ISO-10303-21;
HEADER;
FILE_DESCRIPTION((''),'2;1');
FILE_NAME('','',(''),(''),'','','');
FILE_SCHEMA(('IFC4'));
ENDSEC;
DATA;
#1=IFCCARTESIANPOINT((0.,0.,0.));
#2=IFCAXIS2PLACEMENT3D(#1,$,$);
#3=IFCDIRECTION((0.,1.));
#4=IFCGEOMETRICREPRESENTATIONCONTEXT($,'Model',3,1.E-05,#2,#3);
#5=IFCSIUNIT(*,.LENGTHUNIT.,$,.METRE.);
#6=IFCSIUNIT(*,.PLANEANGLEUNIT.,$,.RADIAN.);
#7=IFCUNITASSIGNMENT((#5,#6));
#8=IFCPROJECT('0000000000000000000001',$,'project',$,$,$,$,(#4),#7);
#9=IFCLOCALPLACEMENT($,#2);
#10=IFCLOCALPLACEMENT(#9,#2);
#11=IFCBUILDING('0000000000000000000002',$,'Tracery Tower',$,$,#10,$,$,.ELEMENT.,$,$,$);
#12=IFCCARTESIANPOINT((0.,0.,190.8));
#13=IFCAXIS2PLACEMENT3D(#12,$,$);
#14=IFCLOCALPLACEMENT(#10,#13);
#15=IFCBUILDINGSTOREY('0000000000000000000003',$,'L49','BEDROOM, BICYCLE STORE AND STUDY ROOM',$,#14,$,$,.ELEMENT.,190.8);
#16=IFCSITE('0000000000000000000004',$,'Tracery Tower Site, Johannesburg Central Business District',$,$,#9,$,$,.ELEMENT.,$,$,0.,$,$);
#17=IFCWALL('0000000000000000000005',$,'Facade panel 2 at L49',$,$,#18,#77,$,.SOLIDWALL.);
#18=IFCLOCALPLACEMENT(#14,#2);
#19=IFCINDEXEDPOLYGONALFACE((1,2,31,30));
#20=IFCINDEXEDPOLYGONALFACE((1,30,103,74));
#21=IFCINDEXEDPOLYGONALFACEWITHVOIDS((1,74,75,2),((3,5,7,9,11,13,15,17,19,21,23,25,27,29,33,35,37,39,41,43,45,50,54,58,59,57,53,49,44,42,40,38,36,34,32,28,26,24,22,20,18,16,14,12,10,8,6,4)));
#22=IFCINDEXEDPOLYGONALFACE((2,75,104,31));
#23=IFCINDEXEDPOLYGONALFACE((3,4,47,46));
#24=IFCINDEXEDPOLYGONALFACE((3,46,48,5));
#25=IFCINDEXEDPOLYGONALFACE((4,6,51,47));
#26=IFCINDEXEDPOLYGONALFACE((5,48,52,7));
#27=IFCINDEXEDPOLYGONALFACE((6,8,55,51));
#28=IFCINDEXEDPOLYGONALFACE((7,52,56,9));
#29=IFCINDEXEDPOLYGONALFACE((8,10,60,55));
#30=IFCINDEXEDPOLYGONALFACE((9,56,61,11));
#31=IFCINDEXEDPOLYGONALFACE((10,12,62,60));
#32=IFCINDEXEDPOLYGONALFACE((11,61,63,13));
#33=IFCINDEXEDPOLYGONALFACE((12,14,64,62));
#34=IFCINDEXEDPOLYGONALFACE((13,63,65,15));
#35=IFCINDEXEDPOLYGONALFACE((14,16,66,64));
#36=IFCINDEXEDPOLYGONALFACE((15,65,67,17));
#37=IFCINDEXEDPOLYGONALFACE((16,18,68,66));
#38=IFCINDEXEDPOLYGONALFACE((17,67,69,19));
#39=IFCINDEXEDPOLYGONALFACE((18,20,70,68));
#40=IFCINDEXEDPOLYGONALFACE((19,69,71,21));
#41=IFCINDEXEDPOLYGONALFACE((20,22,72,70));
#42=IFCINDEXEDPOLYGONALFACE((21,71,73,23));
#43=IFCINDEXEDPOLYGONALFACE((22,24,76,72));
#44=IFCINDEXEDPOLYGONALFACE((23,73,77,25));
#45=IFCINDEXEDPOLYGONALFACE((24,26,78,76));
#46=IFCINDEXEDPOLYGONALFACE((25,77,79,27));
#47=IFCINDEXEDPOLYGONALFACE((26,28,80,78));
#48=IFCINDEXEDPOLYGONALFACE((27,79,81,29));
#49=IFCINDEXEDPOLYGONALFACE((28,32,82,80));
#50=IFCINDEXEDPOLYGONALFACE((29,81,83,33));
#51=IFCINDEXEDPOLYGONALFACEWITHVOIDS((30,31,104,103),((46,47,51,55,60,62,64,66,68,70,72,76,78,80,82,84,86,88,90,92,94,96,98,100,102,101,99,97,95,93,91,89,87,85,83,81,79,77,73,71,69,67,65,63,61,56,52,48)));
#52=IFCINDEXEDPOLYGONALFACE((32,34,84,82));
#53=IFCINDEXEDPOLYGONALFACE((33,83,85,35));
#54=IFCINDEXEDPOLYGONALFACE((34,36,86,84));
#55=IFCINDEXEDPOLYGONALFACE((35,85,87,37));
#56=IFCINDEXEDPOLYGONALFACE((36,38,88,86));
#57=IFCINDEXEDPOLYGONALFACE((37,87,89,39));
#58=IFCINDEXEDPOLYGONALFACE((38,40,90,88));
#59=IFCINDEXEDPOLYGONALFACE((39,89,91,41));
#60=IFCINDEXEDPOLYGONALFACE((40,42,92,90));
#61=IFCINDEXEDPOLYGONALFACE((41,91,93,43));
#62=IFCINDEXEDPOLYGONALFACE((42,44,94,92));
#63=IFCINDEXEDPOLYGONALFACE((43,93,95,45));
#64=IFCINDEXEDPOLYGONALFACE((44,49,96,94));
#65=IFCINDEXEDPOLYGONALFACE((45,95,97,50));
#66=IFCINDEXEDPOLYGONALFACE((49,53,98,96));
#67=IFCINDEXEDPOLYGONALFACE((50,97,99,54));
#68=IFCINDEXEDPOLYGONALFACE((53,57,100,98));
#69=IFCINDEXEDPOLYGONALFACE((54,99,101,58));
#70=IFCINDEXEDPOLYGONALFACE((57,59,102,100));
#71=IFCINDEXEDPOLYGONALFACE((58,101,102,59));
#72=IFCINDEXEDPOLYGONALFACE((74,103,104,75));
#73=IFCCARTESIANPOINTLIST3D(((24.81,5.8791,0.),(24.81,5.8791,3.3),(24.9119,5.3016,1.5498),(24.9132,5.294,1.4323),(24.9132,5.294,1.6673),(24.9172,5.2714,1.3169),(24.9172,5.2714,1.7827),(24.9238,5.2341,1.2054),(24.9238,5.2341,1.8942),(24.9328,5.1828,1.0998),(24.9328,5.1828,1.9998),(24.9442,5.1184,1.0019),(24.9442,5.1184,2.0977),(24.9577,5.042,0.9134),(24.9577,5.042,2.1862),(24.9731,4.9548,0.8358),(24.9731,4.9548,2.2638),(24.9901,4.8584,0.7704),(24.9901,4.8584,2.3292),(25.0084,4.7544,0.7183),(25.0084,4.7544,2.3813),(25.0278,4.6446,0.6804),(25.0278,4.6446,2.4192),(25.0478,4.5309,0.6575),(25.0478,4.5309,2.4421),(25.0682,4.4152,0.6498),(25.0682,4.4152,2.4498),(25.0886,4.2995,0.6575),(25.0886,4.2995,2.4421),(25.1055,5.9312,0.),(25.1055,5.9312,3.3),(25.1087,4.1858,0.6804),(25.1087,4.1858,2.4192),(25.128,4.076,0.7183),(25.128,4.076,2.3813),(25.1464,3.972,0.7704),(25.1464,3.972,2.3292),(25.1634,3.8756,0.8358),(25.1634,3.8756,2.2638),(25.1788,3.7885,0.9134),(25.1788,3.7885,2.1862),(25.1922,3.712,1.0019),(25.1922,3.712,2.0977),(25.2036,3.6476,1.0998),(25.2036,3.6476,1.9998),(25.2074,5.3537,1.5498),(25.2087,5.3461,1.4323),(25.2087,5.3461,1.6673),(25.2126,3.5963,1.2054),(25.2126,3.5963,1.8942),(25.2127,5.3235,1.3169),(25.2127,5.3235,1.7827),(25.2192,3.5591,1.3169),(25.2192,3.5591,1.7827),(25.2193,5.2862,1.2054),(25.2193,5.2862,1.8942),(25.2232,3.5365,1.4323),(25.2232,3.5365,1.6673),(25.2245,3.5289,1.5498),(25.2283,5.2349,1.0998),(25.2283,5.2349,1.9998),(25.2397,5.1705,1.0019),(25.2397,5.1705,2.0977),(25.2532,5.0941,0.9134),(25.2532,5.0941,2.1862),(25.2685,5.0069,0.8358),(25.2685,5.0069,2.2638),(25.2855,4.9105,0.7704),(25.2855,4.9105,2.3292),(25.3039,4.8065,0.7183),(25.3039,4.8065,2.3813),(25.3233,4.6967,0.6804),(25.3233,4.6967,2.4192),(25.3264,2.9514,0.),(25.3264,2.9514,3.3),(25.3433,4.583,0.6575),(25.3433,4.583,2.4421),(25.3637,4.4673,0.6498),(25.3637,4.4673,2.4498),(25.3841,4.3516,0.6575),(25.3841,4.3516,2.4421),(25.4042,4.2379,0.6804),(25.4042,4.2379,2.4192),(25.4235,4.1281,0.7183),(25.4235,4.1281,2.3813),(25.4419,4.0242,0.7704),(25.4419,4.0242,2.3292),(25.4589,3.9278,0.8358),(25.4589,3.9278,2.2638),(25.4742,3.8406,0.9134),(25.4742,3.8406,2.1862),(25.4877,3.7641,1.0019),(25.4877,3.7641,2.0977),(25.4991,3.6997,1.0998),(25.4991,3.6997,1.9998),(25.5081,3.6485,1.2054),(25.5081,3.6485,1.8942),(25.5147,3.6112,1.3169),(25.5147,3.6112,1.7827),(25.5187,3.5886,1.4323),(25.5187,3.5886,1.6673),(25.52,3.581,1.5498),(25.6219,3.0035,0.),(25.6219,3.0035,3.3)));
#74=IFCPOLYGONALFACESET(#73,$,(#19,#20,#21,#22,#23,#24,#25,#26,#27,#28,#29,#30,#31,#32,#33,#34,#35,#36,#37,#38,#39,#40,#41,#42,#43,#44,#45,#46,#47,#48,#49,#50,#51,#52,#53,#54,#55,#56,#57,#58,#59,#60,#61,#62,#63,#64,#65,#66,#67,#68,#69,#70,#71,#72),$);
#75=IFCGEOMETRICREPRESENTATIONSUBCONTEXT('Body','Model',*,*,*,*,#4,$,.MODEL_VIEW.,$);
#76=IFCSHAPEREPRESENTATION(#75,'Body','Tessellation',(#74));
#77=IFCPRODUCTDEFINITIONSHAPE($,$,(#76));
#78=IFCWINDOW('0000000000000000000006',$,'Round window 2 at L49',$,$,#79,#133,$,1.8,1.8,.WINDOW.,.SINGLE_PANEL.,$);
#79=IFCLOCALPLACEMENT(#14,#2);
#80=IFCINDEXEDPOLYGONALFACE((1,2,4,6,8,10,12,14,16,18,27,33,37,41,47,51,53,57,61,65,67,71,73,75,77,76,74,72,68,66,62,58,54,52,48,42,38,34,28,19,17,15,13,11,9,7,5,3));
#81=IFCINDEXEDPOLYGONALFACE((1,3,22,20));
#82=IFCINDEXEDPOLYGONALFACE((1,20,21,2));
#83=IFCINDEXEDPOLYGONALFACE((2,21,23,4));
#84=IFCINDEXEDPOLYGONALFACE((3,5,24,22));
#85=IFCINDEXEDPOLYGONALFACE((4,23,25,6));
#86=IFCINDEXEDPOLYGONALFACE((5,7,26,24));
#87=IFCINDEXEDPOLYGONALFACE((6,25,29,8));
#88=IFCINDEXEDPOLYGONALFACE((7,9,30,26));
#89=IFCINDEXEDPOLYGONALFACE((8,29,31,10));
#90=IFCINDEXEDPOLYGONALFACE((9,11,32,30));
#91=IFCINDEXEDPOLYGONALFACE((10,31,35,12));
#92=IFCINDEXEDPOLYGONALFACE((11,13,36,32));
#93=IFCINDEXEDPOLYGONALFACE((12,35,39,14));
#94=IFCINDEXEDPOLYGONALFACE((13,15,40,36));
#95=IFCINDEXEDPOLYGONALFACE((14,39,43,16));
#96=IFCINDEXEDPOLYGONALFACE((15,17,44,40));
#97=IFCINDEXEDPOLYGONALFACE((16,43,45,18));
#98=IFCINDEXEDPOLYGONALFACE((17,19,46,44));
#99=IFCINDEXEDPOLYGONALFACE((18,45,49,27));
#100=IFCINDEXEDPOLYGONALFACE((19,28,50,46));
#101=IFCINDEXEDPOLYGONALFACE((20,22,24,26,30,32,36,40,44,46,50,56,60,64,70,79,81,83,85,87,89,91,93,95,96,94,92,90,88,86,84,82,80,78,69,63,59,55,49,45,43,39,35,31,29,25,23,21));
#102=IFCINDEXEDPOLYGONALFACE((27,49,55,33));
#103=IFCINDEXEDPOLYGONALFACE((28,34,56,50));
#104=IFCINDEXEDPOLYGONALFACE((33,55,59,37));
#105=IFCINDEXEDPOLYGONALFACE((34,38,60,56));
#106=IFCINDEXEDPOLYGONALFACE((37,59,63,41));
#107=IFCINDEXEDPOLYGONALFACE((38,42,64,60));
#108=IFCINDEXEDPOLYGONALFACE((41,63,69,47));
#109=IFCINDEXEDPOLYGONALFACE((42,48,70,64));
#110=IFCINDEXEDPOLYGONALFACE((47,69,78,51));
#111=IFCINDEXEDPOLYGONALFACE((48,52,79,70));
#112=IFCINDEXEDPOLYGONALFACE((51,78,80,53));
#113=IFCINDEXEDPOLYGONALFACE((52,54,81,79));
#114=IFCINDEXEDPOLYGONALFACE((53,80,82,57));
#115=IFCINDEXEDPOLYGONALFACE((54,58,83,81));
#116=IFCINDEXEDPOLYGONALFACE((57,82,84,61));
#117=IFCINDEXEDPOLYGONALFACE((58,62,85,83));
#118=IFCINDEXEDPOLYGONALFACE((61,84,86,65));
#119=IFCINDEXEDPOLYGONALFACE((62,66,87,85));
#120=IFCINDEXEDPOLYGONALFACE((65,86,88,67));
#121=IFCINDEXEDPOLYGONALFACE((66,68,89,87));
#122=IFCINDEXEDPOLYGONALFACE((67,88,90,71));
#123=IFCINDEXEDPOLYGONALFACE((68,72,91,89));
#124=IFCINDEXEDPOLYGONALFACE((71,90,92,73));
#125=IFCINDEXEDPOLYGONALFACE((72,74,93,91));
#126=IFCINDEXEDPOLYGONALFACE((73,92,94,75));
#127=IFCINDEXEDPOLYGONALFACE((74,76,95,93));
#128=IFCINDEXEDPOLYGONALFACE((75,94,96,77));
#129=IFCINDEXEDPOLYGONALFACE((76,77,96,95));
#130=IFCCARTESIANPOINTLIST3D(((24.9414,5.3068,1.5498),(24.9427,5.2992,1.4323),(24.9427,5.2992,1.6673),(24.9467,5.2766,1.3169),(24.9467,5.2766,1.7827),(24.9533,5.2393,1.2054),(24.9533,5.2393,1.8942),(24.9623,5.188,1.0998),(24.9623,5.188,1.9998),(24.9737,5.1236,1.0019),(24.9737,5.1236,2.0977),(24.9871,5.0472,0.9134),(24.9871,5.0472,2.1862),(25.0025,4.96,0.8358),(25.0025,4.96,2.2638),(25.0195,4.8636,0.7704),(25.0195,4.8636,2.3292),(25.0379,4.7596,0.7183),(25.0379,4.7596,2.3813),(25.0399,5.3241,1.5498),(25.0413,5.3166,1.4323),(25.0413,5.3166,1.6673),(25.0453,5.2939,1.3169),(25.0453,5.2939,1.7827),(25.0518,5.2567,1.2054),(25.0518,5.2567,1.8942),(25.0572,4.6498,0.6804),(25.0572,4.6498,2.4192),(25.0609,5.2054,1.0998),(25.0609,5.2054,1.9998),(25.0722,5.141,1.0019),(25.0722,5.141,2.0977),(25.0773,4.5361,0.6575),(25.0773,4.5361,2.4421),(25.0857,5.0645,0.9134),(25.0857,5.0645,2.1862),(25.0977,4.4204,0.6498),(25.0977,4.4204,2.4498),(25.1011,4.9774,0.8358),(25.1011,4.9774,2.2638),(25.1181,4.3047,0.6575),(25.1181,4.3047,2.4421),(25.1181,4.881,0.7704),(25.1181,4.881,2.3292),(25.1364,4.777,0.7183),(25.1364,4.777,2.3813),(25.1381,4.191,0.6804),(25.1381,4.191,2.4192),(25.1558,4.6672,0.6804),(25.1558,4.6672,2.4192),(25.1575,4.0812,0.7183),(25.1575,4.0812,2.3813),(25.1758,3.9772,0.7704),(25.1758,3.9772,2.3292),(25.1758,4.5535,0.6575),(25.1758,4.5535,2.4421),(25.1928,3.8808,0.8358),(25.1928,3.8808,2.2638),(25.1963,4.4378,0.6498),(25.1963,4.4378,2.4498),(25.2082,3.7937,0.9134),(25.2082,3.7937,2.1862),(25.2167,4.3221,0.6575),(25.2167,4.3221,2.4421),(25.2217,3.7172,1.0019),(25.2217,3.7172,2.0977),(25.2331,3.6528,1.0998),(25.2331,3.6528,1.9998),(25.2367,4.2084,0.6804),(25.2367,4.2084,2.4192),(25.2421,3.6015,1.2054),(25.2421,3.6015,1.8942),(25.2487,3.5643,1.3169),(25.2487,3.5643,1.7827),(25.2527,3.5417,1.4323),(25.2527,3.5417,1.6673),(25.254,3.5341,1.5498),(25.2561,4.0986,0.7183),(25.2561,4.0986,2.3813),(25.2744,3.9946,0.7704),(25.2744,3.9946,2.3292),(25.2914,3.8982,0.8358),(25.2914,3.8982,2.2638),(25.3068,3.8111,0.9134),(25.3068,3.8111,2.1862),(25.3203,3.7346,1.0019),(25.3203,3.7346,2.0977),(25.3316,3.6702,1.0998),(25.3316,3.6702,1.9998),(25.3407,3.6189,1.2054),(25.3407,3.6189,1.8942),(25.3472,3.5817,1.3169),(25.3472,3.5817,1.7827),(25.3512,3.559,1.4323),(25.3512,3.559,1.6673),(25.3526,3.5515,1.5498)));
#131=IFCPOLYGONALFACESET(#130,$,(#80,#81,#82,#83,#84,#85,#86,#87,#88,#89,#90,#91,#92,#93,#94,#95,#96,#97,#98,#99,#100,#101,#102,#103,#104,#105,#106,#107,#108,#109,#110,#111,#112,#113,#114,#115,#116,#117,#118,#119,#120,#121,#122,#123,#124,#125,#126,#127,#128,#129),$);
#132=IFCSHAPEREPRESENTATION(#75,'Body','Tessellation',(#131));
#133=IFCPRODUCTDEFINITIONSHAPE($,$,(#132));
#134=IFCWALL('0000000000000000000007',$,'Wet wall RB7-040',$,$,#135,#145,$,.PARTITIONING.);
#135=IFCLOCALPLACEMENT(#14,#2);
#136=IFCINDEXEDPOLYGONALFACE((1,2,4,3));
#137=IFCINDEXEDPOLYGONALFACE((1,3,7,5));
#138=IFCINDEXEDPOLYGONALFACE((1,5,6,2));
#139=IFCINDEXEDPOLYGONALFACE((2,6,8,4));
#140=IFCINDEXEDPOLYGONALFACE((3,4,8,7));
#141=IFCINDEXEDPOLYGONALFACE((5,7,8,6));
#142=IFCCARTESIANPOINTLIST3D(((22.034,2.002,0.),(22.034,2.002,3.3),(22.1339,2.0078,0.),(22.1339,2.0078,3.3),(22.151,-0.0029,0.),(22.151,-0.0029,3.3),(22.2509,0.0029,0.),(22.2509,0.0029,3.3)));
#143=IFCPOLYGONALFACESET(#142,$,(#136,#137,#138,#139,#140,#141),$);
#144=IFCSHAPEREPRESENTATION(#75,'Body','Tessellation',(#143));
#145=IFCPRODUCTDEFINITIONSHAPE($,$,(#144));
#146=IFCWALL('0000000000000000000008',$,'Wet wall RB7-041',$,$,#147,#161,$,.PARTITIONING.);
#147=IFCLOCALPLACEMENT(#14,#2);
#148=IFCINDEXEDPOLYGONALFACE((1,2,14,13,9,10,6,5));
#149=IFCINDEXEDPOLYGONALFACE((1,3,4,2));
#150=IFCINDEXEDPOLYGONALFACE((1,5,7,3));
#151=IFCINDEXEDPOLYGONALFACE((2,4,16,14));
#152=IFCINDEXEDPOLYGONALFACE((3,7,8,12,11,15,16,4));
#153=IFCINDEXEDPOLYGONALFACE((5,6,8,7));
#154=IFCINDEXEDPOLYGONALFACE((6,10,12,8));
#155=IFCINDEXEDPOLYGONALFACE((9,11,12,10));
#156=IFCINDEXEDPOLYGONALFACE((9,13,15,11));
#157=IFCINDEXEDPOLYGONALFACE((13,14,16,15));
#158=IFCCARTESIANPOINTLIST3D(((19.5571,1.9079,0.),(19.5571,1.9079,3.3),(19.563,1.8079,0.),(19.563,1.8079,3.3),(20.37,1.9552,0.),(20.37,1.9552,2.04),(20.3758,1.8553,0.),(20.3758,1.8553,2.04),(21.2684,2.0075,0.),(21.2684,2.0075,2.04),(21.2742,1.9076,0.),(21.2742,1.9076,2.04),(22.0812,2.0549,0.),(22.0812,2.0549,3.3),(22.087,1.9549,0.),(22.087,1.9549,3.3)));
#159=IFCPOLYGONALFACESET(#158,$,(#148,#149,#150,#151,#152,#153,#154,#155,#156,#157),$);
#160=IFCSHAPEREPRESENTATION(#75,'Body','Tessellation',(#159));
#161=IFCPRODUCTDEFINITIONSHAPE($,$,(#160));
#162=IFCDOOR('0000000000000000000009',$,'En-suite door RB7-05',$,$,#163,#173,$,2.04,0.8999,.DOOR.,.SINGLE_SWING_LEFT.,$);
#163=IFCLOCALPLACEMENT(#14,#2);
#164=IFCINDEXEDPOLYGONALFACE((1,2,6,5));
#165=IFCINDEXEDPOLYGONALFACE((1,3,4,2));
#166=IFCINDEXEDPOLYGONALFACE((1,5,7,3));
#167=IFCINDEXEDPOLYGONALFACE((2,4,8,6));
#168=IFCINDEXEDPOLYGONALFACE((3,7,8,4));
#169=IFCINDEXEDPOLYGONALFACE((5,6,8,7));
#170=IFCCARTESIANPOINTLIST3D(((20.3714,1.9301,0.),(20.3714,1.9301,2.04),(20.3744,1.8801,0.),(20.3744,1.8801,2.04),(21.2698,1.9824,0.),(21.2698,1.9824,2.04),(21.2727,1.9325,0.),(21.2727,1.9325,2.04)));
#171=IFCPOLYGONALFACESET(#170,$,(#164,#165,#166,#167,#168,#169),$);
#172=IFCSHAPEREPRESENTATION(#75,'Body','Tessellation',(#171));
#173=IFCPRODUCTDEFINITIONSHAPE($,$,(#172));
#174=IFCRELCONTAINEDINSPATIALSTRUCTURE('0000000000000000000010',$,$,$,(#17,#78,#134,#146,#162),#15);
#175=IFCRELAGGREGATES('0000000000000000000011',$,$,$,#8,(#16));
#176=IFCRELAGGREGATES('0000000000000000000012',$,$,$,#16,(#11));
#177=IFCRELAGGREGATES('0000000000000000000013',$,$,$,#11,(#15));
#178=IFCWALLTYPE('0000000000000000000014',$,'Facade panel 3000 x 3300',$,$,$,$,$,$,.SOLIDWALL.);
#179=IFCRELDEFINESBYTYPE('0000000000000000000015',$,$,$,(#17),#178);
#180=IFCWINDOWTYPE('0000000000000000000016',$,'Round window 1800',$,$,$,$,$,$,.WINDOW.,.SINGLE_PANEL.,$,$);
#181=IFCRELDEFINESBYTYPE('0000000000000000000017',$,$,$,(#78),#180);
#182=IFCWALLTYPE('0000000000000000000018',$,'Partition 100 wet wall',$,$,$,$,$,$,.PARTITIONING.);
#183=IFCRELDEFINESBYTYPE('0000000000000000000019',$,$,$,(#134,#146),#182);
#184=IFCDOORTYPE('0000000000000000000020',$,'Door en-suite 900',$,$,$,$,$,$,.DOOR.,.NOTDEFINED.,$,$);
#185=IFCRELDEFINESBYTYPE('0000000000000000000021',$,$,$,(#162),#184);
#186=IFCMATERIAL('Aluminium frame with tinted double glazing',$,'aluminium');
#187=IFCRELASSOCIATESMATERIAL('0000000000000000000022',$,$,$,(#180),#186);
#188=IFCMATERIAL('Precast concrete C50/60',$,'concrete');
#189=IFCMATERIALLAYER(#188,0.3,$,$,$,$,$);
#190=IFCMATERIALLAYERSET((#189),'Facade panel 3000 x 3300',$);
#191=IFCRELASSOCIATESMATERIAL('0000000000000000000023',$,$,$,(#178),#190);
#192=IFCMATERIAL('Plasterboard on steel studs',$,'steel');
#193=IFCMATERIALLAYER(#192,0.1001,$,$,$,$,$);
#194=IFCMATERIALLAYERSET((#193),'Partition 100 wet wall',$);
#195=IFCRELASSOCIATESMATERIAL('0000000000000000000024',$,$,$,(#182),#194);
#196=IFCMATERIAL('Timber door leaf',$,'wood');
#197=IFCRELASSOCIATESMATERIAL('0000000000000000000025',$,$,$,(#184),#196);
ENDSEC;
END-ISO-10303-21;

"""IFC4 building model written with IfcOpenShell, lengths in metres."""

from ifc_helpers import new_model, si_unit, direction, frame, frame_2d, origin, origin_2d, place, context, subcontext, project, spatial, rectangle, circle, extrude, material, layer, layer_set, type_object, element, fill, save


model = new_model("IFC4")

# Units and contexts
model_context = context("Model", 3, precision=1e-05, world=origin(), true_north=direction((0.0, 1.0)))
body_context = subcontext(model_context, "Body", "Model", "MODEL_VIEW")
ifc_project = project(units=[si_unit("LENGTHUNIT", "METRE"), si_unit("PLANEANGLEUNIT", "RADIAN")], contexts=[model_context])

# Site, building, storey
site_placement = place(None, origin())
site = spatial("IfcSite", under=ifc_project, at=site_placement, Name="Tracery Tower Site, Johannesburg Central Business District", CompositionType="ELEMENT", RefElevation=0.0)
building_placement = place(site_placement, origin())
building = spatial("IfcBuilding", under=site, at=building_placement, Name="Tracery Tower", CompositionType="ELEMENT")
storey_placement = place(building_placement, frame((0.0, 0.0, 190.8)))
storey = spatial("IfcBuildingStorey", under=building, at=storey_placement, Name="L49", Description="BEDROOM, BICYCLE STORE AND STUDY ROOM", CompositionType="ELEMENT", Elevation=190.8)

# Wall, opening, window
ifc_material_1 = material(Name="Aluminium frame with tinted double glazing", Category="aluminium")
window_type = type_object("IfcWindowType", Name="Round window 1800", PartitioningType="SINGLE_PANEL", PredefinedType="WINDOW", material=ifc_material_1)
ifc_material_2 = material(Name="Precast concrete C50/60", Category="concrete")
ifc_layer_1 = layer(ifc_material_2, 0.3)
ifc_layer_set_1 = layer_set([ifc_layer_1], Name="Facade panel 3000 x 3300")
wall_type_1 = type_object("IfcWallType", Name="Facade panel 3000 x 3300", PredefinedType="SOLIDWALL", material=ifc_layer_set_1)
wall_1_placement = place(storey_placement, frame((25.4741, 2.9775, 0.0), z_axis=(0.0, 0.0, 1.0), x_axis=(-0.173687, 0.984801, 0.0)))
wall_1 = element("IfcWall", 1, at=wall_1_placement, inside=storey, type_object=wall_type_1, Name="Facade panel 2 at L49", PredefinedType="SOLIDWALL", context=body_context, shape_type="SweptSolid", body=[
    extrude(rectangle(XDim=2.9729, YDim=0.3, at=frame_2d((1.4863, 0.0))), origin(), (0.0, 0.0, 1.0), 3.3),
])
opening_1_placement = place(wall_1_placement, frame((1.4863, 0.0, 1.5498)))
opening_1 = element("IfcOpeningElement", 2, at=opening_1_placement, cuts=wall_1, PredefinedType="OPENING", context=body_context, shape_type="SweptSolid", body=[
    extrude(circle(Radius=0.9, at=origin_2d()), frame((0.0, 0.1599, 0.0), z_axis=(0.0, -1.0, 0.0), x_axis=(1.0, 0.0, 0.0)), (0.0, 0.0, 1.0), 0.3201),
])
window_1_placement = place(opening_1_placement, origin())
window_1 = element("IfcWindow", 3, at=window_1_placement, inside=storey, type_object=window_type, Name="Round window 2 at L49", OverallHeight=1.8, OverallWidth=1.8, PartitioningType="SINGLE_PANEL", PredefinedType="WINDOW", context=body_context, shape_type="SweptSolid", body=[
    extrude(circle(Radius=0.9, at=origin_2d()), frame((0.0, 0.1201, 0.0), z_axis=(0.0, -1.0, 0.0), x_axis=(1.0, 0.0, 0.0)), (0.0, 0.0, 1.0), 0.1001),
])
fill(opening_1, window_1)

# Wall
ifc_material_3 = material(Name="Plasterboard on steel studs", Category="steel")
ifc_layer_2 = layer(ifc_material_3, 0.1001)
ifc_layer_set_2 = layer_set([ifc_layer_2], Name="Partition 100 wet wall")
wall_type_2 = type_object("IfcWallType", Name="Partition 100 wet wall", PredefinedType="PARTITIONING", material=ifc_layer_set_2)
wall_2_placement = place(storey_placement, frame((22.084, 2.0049, 0.0), z_axis=(0.0, 0.0, 1.0), x_axis=(0.05823, -0.998303, 0.0)))
element("IfcWall", 4, at=wall_2_placement, inside=storey, type_object=wall_type_2, Name="Wet wall RB7-040", PredefinedType="PARTITIONING", context=body_context, shape_type="SweptSolid", body=[
    extrude(rectangle(XDim=2.0083, YDim=0.1001, at=frame_2d((1.0042, 0.0))), origin(), (0.0, 0.0, 1.0), 3.3),
])

# Wall, opening, door
wall_3_placement = place(storey_placement, frame((19.5601, 1.8579, 0.0), z_axis=(0.0, 0.0, 1.0), x_axis=(0.998309, 0.058133, 0.0)))
wall_3 = element("IfcWall", 5, at=wall_3_placement, inside=storey, type_object=wall_type_2, Name="Wet wall RB7-041", PredefinedType="PARTITIONING", context=body_context, shape_type="SweptSolid", body=[
    extrude(rectangle(XDim=2.5283, YDim=0.1001, at=frame_2d((1.2642, 0.0))), origin(), (0.0, 0.0, 1.0), 3.3),
])
opening_2_placement = place(wall_3_placement, frame((0.8142, 0.0, 0.0)))
opening_2 = element("IfcOpeningElement", 6, at=opening_2_placement, cuts=wall_3, PredefinedType="OPENING", context=body_context, shape_type="SweptSolid", body=[
    extrude(rectangle(XDim=0.8999, YDim=2.04, at=frame_2d((0.45, 1.02))), frame((0.0, 0.05, 0.0), z_axis=(0.0, -1.0, 0.0), x_axis=(1.0, 0.0, 0.0)), (0.0, 0.0, 1.0), 0.1001),
])
ifc_material_4 = material(Name="Timber door leaf", Category="wood")
door_type = type_object("IfcDoorType", Name="Door en-suite 900", OperationType="NOTDEFINED", PredefinedType="DOOR", material=ifc_material_4)
door_1_placement = place(opening_2_placement, origin())
door_1 = element("IfcDoor", 7, at=door_1_placement, inside=storey, type_object=door_type, Name="En-suite door RB7-05", OperationType="SINGLE_SWING_LEFT", OverallHeight=2.04, OverallWidth=0.8999, PredefinedType="DOOR", context=body_context, shape_type="SweptSolid", body=[
    extrude(rectangle(XDim=0.8999, YDim=2.04, at=frame_2d((0.45, 1.02))), frame((0.0, 0.0249, 0.0), z_axis=(0.0, -1.0, 0.0), x_axis=(1.0, 0.0, 0.0)), (0.0, 0.0, 1.0), 0.05),
])
fill(opening_2, door_1)

save(model, "model.ifc")
